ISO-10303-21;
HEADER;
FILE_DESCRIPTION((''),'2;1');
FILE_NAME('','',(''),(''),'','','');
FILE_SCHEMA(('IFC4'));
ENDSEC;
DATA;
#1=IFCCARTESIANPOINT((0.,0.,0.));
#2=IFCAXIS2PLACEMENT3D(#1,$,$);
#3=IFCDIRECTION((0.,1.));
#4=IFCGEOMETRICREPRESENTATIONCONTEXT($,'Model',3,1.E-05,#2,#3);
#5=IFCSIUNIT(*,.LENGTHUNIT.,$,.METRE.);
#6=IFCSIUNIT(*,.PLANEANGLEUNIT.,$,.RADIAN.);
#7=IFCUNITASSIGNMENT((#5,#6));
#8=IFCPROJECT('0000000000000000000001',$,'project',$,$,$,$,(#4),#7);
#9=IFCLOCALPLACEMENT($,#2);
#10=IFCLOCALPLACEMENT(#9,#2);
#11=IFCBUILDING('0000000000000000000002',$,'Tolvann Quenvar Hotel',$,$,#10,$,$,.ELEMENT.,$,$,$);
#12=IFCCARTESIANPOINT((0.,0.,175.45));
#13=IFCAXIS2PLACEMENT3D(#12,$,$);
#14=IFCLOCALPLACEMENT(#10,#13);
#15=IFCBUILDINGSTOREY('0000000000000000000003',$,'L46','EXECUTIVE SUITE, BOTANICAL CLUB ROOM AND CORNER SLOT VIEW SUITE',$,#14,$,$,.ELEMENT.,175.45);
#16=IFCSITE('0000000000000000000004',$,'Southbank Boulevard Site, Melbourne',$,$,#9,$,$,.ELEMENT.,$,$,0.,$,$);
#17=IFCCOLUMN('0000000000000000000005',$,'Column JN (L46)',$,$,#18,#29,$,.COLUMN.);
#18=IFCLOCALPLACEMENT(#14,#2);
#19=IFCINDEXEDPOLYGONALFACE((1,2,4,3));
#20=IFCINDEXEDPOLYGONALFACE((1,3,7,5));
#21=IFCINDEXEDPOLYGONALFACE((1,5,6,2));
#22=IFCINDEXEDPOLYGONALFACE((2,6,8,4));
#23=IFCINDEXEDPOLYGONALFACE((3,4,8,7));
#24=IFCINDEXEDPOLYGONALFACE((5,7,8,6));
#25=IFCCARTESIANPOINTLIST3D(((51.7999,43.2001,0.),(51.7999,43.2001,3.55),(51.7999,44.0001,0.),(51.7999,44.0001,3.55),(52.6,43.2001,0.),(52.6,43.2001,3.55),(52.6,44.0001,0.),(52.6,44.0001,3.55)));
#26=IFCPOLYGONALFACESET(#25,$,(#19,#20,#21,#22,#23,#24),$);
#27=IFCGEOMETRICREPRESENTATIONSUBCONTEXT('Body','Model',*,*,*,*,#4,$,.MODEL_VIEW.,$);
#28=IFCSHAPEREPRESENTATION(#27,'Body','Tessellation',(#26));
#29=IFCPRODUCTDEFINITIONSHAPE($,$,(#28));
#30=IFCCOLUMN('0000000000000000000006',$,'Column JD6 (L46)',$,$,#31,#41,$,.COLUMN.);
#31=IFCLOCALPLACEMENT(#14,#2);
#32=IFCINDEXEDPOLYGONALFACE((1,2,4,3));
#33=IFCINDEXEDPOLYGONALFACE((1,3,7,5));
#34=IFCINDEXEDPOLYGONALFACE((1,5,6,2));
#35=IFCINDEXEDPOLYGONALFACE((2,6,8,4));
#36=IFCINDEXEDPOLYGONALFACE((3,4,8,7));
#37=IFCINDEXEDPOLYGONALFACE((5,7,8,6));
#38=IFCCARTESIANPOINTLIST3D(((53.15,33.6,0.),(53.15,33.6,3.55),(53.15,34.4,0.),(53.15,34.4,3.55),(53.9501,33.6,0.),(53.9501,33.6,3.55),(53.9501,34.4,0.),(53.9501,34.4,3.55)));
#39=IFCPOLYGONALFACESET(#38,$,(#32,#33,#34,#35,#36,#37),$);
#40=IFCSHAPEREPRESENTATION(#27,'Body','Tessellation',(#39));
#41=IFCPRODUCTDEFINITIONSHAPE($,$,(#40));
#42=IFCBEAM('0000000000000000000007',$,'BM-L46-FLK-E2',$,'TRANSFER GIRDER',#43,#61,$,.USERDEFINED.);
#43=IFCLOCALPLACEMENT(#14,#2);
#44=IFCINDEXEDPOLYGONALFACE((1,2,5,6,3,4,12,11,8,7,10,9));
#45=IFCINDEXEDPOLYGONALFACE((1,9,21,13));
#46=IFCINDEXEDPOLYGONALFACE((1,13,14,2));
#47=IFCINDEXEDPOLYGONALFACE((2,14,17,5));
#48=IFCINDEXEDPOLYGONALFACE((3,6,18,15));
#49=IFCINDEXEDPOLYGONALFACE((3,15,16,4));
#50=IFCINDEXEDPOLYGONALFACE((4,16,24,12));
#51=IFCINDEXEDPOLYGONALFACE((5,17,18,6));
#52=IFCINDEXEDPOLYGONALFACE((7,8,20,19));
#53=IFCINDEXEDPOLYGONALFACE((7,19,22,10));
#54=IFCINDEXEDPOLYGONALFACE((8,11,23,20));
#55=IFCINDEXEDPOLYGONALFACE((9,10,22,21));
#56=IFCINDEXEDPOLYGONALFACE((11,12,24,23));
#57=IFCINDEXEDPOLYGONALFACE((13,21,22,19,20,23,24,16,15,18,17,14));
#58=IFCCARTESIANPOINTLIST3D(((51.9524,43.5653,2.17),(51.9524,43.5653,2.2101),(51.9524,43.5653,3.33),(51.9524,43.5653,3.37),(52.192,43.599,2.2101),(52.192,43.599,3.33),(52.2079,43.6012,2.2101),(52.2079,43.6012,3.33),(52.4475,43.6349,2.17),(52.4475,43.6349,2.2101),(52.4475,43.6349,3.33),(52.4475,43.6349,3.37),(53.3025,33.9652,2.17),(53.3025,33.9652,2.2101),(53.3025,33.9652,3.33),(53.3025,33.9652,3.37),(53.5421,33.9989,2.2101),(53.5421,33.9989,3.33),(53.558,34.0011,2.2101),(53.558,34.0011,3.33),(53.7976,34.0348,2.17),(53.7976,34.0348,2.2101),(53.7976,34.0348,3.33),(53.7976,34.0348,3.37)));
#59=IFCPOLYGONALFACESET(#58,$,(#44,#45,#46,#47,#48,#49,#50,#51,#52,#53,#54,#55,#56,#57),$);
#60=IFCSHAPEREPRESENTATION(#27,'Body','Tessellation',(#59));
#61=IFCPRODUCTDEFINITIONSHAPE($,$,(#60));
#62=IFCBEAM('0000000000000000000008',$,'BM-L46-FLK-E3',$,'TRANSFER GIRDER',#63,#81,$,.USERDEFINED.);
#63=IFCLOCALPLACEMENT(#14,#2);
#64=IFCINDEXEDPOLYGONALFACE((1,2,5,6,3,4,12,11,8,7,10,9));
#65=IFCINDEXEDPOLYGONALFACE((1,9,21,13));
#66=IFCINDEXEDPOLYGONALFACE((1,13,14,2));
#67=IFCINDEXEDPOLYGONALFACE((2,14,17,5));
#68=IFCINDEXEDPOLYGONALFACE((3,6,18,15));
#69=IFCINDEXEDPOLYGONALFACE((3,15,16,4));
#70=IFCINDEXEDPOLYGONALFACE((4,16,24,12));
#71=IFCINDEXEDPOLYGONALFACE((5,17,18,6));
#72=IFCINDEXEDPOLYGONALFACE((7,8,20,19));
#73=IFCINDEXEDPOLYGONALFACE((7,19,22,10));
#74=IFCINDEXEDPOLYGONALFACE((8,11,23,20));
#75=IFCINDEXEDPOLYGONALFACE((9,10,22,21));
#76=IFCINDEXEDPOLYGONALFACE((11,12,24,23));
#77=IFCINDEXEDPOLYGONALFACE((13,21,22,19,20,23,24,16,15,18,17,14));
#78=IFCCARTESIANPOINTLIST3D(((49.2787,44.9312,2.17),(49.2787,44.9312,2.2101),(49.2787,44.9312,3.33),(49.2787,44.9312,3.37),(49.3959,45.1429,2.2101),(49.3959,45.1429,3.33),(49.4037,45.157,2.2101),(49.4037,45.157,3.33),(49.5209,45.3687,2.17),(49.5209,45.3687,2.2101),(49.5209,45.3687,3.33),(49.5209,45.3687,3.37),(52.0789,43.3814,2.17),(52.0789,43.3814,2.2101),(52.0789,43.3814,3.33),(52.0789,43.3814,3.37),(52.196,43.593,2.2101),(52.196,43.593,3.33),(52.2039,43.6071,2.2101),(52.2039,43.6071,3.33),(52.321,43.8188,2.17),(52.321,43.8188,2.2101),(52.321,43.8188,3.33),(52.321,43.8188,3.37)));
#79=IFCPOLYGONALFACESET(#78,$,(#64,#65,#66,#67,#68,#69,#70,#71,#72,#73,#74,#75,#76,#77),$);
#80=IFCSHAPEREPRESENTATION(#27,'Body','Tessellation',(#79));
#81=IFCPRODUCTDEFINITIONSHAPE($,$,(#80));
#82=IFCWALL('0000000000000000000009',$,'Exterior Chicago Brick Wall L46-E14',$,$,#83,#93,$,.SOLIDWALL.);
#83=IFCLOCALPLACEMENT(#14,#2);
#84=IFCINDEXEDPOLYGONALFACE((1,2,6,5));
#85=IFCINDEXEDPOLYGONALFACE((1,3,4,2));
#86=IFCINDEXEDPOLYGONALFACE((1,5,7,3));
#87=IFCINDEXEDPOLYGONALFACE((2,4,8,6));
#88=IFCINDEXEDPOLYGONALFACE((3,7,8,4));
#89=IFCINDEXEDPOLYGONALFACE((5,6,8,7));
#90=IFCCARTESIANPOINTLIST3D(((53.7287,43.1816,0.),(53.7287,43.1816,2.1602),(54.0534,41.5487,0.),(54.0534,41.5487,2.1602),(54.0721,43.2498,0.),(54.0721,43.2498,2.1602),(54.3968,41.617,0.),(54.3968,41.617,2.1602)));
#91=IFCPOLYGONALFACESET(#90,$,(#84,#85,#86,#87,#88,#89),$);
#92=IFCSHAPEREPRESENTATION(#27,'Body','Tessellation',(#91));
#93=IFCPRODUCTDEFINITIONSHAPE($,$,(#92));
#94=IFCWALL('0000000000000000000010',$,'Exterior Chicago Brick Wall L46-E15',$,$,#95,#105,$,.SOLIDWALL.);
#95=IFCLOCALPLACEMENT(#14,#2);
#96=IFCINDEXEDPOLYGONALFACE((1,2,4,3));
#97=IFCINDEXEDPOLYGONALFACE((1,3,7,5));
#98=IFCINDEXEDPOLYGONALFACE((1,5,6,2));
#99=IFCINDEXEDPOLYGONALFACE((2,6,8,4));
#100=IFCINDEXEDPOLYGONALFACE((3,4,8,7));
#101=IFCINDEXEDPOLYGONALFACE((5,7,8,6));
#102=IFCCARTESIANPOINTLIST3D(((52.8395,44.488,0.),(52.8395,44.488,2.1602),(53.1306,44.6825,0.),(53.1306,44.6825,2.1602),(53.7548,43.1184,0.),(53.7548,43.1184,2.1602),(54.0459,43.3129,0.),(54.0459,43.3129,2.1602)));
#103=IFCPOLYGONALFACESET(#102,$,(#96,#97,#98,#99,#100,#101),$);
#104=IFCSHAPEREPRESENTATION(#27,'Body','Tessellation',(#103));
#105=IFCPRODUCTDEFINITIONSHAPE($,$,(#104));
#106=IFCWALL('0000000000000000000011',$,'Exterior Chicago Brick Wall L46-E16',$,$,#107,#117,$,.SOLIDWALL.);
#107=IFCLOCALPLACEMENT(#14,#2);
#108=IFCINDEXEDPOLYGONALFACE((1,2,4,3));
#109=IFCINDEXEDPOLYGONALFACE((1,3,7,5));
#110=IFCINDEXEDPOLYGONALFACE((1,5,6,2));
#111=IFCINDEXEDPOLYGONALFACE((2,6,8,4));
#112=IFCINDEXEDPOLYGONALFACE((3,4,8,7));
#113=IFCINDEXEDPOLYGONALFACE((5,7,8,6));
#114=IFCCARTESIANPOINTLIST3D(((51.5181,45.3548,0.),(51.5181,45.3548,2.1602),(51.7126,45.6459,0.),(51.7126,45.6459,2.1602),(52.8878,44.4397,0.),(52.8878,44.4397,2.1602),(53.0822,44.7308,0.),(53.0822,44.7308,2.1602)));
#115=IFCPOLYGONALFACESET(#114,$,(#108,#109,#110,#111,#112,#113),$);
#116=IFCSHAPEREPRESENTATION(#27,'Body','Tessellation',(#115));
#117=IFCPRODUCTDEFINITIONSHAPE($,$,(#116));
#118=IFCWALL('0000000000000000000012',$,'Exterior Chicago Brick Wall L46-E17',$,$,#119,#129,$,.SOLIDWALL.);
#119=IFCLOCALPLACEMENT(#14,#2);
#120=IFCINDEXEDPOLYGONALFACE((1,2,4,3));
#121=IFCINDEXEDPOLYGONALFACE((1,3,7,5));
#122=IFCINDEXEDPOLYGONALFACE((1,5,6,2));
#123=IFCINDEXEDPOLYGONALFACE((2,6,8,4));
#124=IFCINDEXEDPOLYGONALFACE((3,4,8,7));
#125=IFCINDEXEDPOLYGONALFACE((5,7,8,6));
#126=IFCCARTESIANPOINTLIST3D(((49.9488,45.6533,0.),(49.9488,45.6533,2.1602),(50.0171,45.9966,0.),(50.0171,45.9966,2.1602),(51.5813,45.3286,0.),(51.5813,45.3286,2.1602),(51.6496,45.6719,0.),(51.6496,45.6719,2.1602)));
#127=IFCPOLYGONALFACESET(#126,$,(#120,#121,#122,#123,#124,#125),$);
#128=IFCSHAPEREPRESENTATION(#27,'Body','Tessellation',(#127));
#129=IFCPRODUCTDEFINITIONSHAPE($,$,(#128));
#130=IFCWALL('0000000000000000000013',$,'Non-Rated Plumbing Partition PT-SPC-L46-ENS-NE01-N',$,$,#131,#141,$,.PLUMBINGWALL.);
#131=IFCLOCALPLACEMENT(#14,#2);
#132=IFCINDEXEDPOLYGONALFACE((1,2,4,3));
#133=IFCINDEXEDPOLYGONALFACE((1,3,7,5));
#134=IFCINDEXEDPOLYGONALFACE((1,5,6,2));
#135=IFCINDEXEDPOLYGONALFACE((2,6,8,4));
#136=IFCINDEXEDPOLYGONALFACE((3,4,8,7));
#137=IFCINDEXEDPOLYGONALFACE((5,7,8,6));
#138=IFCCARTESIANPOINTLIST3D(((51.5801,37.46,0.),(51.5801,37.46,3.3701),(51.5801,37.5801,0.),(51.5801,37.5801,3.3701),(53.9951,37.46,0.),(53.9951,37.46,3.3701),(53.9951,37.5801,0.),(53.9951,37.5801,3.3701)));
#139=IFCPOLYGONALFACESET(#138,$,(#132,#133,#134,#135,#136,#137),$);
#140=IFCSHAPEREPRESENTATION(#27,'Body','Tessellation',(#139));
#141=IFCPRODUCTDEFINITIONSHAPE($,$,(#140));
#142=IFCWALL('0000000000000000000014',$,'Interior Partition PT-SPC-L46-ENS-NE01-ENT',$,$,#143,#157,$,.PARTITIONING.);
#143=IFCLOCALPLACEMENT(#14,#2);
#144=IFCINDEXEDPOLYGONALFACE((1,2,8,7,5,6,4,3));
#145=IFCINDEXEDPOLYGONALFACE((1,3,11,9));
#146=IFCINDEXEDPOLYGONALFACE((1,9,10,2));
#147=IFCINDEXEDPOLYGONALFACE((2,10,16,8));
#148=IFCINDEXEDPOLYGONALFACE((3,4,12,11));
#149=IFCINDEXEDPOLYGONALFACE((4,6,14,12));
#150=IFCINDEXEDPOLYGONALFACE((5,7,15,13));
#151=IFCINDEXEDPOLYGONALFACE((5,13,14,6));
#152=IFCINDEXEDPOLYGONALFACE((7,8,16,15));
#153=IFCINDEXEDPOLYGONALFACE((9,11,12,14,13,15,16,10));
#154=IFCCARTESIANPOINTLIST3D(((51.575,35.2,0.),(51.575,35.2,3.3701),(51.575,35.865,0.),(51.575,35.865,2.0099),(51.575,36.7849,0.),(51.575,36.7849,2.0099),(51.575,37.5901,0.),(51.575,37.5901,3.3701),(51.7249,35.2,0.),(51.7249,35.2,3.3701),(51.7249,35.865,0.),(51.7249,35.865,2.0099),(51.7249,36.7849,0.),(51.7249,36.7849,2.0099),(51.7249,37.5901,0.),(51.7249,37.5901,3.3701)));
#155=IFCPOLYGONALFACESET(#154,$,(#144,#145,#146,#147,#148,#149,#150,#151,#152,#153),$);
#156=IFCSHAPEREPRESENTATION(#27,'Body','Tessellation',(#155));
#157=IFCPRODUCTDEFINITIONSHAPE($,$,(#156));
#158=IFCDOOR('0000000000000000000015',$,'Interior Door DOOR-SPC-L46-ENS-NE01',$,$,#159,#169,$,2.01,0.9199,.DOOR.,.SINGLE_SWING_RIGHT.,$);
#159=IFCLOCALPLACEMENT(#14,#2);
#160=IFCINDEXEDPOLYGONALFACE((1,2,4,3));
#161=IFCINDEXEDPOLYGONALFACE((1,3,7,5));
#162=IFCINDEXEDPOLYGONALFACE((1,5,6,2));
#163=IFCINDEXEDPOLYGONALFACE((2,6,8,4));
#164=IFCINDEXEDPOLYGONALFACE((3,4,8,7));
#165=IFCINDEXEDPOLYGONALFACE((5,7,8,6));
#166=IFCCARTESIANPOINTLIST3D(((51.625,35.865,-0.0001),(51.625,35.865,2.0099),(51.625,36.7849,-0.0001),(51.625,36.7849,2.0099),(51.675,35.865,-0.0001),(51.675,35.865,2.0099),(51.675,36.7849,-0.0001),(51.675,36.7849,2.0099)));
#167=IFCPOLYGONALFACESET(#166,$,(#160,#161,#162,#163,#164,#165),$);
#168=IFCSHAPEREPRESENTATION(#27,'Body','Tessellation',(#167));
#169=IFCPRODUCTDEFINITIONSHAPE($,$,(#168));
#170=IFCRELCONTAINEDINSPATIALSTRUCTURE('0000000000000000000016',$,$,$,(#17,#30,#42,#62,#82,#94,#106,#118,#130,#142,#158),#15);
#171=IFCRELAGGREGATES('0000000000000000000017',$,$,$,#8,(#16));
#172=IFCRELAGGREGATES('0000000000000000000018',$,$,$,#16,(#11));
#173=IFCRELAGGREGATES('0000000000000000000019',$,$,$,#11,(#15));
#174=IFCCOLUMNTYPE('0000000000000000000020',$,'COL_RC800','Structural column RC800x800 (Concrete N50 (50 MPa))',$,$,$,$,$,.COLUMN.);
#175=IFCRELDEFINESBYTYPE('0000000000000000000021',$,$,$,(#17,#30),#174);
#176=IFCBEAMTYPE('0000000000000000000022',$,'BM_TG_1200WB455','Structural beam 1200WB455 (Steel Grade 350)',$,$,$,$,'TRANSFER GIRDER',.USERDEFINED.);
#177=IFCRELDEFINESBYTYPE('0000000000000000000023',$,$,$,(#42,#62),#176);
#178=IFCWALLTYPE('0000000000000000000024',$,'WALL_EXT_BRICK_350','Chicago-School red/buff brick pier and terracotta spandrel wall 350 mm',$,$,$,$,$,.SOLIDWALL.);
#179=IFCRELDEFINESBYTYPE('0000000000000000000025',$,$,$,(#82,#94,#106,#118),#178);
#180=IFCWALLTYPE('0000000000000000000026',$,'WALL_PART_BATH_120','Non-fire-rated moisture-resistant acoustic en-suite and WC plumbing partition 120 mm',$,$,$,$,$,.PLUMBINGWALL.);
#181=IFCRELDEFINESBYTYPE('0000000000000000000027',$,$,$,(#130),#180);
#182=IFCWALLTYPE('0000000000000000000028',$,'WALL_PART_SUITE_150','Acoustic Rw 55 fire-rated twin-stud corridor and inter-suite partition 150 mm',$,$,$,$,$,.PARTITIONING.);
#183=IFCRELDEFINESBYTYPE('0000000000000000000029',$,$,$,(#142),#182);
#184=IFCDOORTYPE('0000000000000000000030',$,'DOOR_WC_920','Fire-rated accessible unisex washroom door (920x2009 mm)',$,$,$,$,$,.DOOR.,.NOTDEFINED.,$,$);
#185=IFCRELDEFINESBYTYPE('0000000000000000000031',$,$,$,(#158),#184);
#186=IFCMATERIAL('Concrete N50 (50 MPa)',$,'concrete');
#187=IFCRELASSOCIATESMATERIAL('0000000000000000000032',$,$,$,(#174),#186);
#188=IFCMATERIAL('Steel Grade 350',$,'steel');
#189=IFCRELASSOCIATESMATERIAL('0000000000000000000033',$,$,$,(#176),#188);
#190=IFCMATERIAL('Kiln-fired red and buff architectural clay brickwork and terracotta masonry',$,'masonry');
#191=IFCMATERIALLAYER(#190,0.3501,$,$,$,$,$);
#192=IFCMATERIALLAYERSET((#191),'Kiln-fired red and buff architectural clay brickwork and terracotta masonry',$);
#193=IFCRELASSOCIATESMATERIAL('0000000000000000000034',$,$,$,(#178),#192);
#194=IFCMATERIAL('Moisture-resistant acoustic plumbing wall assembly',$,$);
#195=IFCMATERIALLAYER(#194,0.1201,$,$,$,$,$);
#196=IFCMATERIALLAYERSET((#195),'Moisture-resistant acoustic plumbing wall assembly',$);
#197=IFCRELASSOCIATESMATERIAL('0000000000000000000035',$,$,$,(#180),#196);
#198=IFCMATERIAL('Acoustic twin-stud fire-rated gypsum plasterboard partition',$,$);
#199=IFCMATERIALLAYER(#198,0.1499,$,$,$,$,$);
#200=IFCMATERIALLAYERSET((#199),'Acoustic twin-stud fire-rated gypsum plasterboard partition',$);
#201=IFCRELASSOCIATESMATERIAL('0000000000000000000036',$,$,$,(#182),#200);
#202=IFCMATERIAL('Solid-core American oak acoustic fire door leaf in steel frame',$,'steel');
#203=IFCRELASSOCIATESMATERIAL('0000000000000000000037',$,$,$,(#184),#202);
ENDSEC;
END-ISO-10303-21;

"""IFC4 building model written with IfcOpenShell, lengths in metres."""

from ifc_helpers import new_model, si_unit, direction, frame, frame_2d, origin, origin_2d, place, context, subcontext, project, spatial, rectangle, i_section, extrude, source, transform, mapped, material, layer, layer_set, material_profile, profile_set, type_object, type_shapes, element, fill, save


model = new_model("IFC4")

# Units and contexts
model_context = context("Model", 3, precision=1e-05, world=origin(), true_north=direction((0.0, 1.0)))
body_context = subcontext(model_context, "Body", "Model", "MODEL_VIEW")
ifc_project = project(units=[si_unit("LENGTHUNIT", "METRE"), si_unit("PLANEANGLEUNIT", "RADIAN")], contexts=[model_context])

# Site, building, storey
site_placement = place(None, origin())
site = spatial("IfcSite", under=ifc_project, at=site_placement, Name="Southbank Boulevard Site, Melbourne", CompositionType="ELEMENT", RefElevation=0.0)
building_placement = place(site_placement, origin())
building = spatial("IfcBuilding", under=site, at=building_placement, Name="Tolvann Quenvar Hotel", CompositionType="ELEMENT")
storey_placement = place(building_placement, frame((0.0, 0.0, 175.45)))
storey = spatial("IfcBuildingStorey", under=building, at=storey_placement, Name="L46", Description="EXECUTIVE SUITE, BOTANICAL CLUB ROOM AND CORNER SLOT VIEW SUITE", CompositionType="ELEMENT", Elevation=175.45)

# Columns
ifc_material_1 = material(Name="Concrete N50 (50 MPa)", Category="concrete")
ifc_material_profile_1 = material_profile(ifc_material_1, rectangle(XDim=0.8, YDim=0.8, at=origin_2d()), Name="RC800x800")
ifc_profile_set_1 = profile_set([ifc_material_profile_1], Name="Concrete N50 (50 MPa)")
column_type = type_object("IfcColumnType", Name="COL_RC800", Description="Structural column RC800x800 (Concrete N50 (50 MPa))", PredefinedType="COLUMN", material=ifc_profile_set_1)
shared_shape_1 = source(origin(), body_context, "Body", "SweptSolid", [
    extrude(rectangle(XDim=0.8, YDim=0.8, at=origin_2d()), origin(), (0.0, 0.0, 1.0), 3.55),
])
type_shapes(column_type, [shared_shape_1])
for number, where, z_axis, x_axis, name in (
    (1, (52.2, 43.6001, 0.0), (0.0, 0.0, 1.0), (1.0, 0.0, 0.0), "Column JN (L46)"),
    (2, (53.55, 34.0, 0.0), (0.0, 0.0, 1.0), (1.0, 0.0, 0.0), "Column JD6 (L46)"),
):
    element("IfcColumn", number, at=place(storey_placement, frame(where, z_axis=z_axis, x_axis=x_axis)), inside=storey, type_object=column_type, Name=name, PredefinedType="COLUMN", context=body_context, shape_type="MappedRepresentation", body=[
        mapped(shared_shape_1, transform((0.0, 0.0, 0.0), x_axis=(1.0, 0.0, 0.0), y_axis=(0.0, 1.0, 0.0), z_axis=(0.0, 0.0, 1.0), scale=1.0)),
    ])

# Beams
ifc_material_2 = material(Name="Steel Grade 350", Category="steel")
ifc_material_profile_2 = material_profile(ifc_material_2, i_section(OverallWidth=0.5, OverallDepth=1.2, WebThickness=0.0161, FlangeThickness=0.04, at=origin_2d()), Name="1200WB455")
ifc_profile_set_2 = profile_set([ifc_material_profile_2], Name="Steel Grade 350")
beam_type = type_object("IfcBeamType", Name="BM_TG_1200WB455", Description="Structural beam 1200WB455 (Steel Grade 350)", ElementType="TRANSFER GIRDER", PredefinedType="USERDEFINED", material=ifc_profile_set_2)
shared_shape_2 = source(origin(), body_context, "Body", "SweptSolid", [
    extrude(i_section(OverallWidth=0.5, OverallDepth=1.2, WebThickness=0.0161, FlangeThickness=0.04, at=origin_2d()), origin(), (0.0, 0.0, 1.0), 9.6946),
])
beam_1_placement = place(storey_placement, frame((53.55, 34.0, 2.77), z_axis=(-0.139263, 0.990255, 0.0), x_axis=(-0.990255, -0.139263, 0.0)))
element("IfcBeam", 3, at=beam_1_placement, inside=storey, type_object=beam_type, Name="BM-L46-FLK-E2", ObjectType="TRANSFER GIRDER", PredefinedType="USERDEFINED", context=body_context, shape_type="MappedRepresentation", body=[
    mapped(shared_shape_2, transform((0.0, 0.0, 0.0), x_axis=(1.0, 0.0, 0.0), y_axis=(0.0, 1.0, 0.0), z_axis=(0.0, 0.0, 1.0), scale=1.0)),
])
shared_shape_3 = source(origin(), body_context, "Body", "SweptSolid", [
    extrude(i_section(OverallWidth=0.5, OverallDepth=1.2, WebThickness=0.0161, FlangeThickness=0.04, at=origin_2d()), origin(), (0.0, 0.0, 1.0), 3.2004),
])
type_shapes(beam_type, [shared_shape_2, shared_shape_3])
beam_2_placement = place(storey_placement, frame((52.2, 43.6001, 2.77), z_axis=(-0.874923, 0.484263, 0.0), x_axis=(-0.484263, -0.874923, 0.0)))
element("IfcBeam", 4, at=beam_2_placement, inside=storey, type_object=beam_type, Name="BM-L46-FLK-E3", ObjectType="TRANSFER GIRDER", PredefinedType="USERDEFINED", context=body_context, shape_type="MappedRepresentation", body=[
    mapped(shared_shape_3, transform((0.0, 0.0, 0.0), x_axis=(1.0, 0.0, 0.0), y_axis=(0.0, 1.0, 0.0), z_axis=(0.0, 0.0, 1.0), scale=1.0)),
])

# Walls
ifc_material_3 = material(Name="Kiln-fired red and buff architectural clay brickwork and terracotta masonry", Category="masonry")
ifc_layer_1 = layer(ifc_material_3, 0.3501)
ifc_layer_set_1 = layer_set([ifc_layer_1], Name="Kiln-fired red and buff architectural clay brickwork and terracotta masonry")
wall_type_1 = type_object("IfcWallType", Name="WALL_EXT_BRICK_350", Description="Chicago-School red/buff brick pier and terracotta spandrel wall 350 mm", PredefinedType="SOLIDWALL", material=ifc_layer_set_1)
wall_1_placement = place(storey_placement, frame((54.2251, 41.5828, 0.0), z_axis=(0.0, 0.0, 1.0), x_axis=(-0.195044, 0.980794, 0.0)))
element("IfcWall", 5, at=wall_1_placement, inside=storey, type_object=wall_type_1, Name="Exterior Chicago Brick Wall L46-E14", PredefinedType="SOLIDWALL", context=body_context, shape_type="SweptSolid", body=[
    extrude(rectangle(XDim=1.6648, YDim=0.3501, at=frame_2d((0.8325, 0.0))), origin(), (0.0, 0.0, 1.0), 2.1602),
])
for number, where, z_axis, x_axis, name in (
    (6, (53.9004, 43.2156, 0.0), (0.0, 0.0, 1.0), (-0.555623, 0.831434, 0.0), "Exterior Chicago Brick Wall L46-E15"),
    (7, (52.9851, 44.5852, 0.0), (0.0, 0.0, 1.0), (-0.831503, 0.555521, 0.0), "Exterior Chicago Brick Wall L46-E16"),
):
    element("IfcWall", number, at=place(storey_placement, frame(where, z_axis=z_axis, x_axis=x_axis)), inside=storey, type_object=wall_type_1, Name=name, PredefinedType="SOLIDWALL", context=body_context, shape_type="SweptSolid", body=[
        extrude(rectangle(XDim=1.6472, YDim=0.3501, at=frame_2d((0.8237, 0.0))), origin(), (0.0, 0.0, 1.0), 2.1602),
    ])
wall_2_placement = place(storey_placement, frame((51.6155, 45.5002, 0.0), z_axis=(0.0, 0.0, 1.0), x_axis=(-0.980789, 0.195072, 0.0)))
element("IfcWall", 8, at=wall_2_placement, inside=storey, type_object=wall_type_1, Name="Exterior Chicago Brick Wall L46-E17", PredefinedType="SOLIDWALL", context=body_context, shape_type="SweptSolid", body=[
    extrude(rectangle(XDim=1.6646, YDim=0.3501, at=frame_2d((0.8323, 0.0))), origin(), (0.0, 0.0, 1.0), 2.1602),
])
ifc_material_4 = material(Name="Moisture-resistant acoustic plumbing wall assembly")
ifc_layer_2 = layer(ifc_material_4, 0.1201)
ifc_layer_set_2 = layer_set([ifc_layer_2], Name="Moisture-resistant acoustic plumbing wall assembly")
wall_type_2 = type_object("IfcWallType", Name="WALL_PART_BATH_120", Description="Non-fire-rated moisture-resistant acoustic en-suite and WC plumbing partition 120 mm", PredefinedType="PLUMBINGWALL", material=ifc_layer_set_2)
wall_3_placement = place(storey_placement, frame((51.5801, 37.52, 0.0), z_axis=(0.0, 0.0, 1.0), x_axis=(1.0, 0.0, 0.0)))
element("IfcWall", 9, at=wall_3_placement, inside=storey, type_object=wall_type_2, Name="Non-Rated Plumbing Partition PT-SPC-L46-ENS-NE01-N", PredefinedType="PLUMBINGWALL", context=body_context, shape_type="SweptSolid", body=[
    extrude(rectangle(XDim=2.415, YDim=0.1201, at=frame_2d((1.2075, 0.0))), origin(), (0.0, 0.0, 1.0), 3.3701),
])

# Wall, opening, door
ifc_material_5 = material(Name="Acoustic twin-stud fire-rated gypsum plasterboard partition")
ifc_layer_3 = layer(ifc_material_5, 0.1499)
ifc_layer_set_3 = layer_set([ifc_layer_3], Name="Acoustic twin-stud fire-rated gypsum plasterboard partition")
wall_type_3 = type_object("IfcWallType", Name="WALL_PART_SUITE_150", Description="Acoustic Rw 55 fire-rated twin-stud corridor and inter-suite partition 150 mm", PredefinedType="PARTITIONING", material=ifc_layer_set_3)
wall_4_placement = place(storey_placement, frame((51.6499, 35.2, 0.0), z_axis=(0.0, 0.0, 1.0), x_axis=(0.0, 1.0, 0.0)))
wall_4 = element("IfcWall", 10, at=wall_4_placement, inside=storey, type_object=wall_type_3, Name="Interior Partition PT-SPC-L46-ENS-NE01-ENT", PredefinedType="PARTITIONING", context=body_context, shape_type="SweptSolid", body=[
    extrude(rectangle(XDim=2.3901, YDim=0.1499, at=frame_2d((1.1951, 0.0))), origin(), (0.0, 0.0, 1.0), 3.3701),
])
opening_1_placement = place(wall_4_placement, frame((0.665, 0.0, 0.0)))
opening_1 = element("IfcOpeningElement", 11, at=opening_1_placement, cuts=wall_4, PredefinedType="OPENING", context=body_context, shape_type="SweptSolid", body=[
    extrude(rectangle(XDim=0.9199, YDim=2.01, at=frame_2d((0.46, 1.0049))), frame((0.0, 0.085, 0.0), z_axis=(0.0, -1.0, 0.0), x_axis=(1.0, 0.0, 0.0)), (0.0, 0.0, 1.0), 0.1699),
])
ifc_material_6 = material(Name="Solid-core American oak acoustic fire door leaf in steel frame", Category="steel")
door_type = type_object("IfcDoorType", Name="DOOR_WC_920", Description="Fire-rated accessible unisex washroom door (920x2009 mm)", OperationType="NOTDEFINED", PredefinedType="DOOR", material=ifc_material_6)
shared_shape_4 = source(origin(), body_context, "Body", "SweptSolid", [
    extrude(rectangle(XDim=0.9199, YDim=2.01, at=frame_2d((0.46, 1.0049))), frame((0.0, 0.0249, 0.0), z_axis=(0.0, -1.0, 0.0), x_axis=(1.0, 0.0, 0.0)), (0.0, 0.0, 1.0), 0.05),
])
type_shapes(door_type, [shared_shape_4])
door_1_placement = place(opening_1_placement, origin())
door_1 = element("IfcDoor", 12, at=door_1_placement, inside=storey, type_object=door_type, Name="Interior Door DOOR-SPC-L46-ENS-NE01", OperationType="SINGLE_SWING_RIGHT", OverallHeight=2.01, OverallWidth=0.9199, PredefinedType="DOOR", context=body_context, shape_type="MappedRepresentation", body=[
    mapped(shared_shape_4, transform((0.0, 0.0, 0.0), x_axis=(1.0, 0.0, 0.0), y_axis=(0.0, 1.0, 0.0), z_axis=(0.0, 0.0, 1.0), scale=1.0)),
])
fill(opening_1, door_1)

save(model, "model.ifc")
